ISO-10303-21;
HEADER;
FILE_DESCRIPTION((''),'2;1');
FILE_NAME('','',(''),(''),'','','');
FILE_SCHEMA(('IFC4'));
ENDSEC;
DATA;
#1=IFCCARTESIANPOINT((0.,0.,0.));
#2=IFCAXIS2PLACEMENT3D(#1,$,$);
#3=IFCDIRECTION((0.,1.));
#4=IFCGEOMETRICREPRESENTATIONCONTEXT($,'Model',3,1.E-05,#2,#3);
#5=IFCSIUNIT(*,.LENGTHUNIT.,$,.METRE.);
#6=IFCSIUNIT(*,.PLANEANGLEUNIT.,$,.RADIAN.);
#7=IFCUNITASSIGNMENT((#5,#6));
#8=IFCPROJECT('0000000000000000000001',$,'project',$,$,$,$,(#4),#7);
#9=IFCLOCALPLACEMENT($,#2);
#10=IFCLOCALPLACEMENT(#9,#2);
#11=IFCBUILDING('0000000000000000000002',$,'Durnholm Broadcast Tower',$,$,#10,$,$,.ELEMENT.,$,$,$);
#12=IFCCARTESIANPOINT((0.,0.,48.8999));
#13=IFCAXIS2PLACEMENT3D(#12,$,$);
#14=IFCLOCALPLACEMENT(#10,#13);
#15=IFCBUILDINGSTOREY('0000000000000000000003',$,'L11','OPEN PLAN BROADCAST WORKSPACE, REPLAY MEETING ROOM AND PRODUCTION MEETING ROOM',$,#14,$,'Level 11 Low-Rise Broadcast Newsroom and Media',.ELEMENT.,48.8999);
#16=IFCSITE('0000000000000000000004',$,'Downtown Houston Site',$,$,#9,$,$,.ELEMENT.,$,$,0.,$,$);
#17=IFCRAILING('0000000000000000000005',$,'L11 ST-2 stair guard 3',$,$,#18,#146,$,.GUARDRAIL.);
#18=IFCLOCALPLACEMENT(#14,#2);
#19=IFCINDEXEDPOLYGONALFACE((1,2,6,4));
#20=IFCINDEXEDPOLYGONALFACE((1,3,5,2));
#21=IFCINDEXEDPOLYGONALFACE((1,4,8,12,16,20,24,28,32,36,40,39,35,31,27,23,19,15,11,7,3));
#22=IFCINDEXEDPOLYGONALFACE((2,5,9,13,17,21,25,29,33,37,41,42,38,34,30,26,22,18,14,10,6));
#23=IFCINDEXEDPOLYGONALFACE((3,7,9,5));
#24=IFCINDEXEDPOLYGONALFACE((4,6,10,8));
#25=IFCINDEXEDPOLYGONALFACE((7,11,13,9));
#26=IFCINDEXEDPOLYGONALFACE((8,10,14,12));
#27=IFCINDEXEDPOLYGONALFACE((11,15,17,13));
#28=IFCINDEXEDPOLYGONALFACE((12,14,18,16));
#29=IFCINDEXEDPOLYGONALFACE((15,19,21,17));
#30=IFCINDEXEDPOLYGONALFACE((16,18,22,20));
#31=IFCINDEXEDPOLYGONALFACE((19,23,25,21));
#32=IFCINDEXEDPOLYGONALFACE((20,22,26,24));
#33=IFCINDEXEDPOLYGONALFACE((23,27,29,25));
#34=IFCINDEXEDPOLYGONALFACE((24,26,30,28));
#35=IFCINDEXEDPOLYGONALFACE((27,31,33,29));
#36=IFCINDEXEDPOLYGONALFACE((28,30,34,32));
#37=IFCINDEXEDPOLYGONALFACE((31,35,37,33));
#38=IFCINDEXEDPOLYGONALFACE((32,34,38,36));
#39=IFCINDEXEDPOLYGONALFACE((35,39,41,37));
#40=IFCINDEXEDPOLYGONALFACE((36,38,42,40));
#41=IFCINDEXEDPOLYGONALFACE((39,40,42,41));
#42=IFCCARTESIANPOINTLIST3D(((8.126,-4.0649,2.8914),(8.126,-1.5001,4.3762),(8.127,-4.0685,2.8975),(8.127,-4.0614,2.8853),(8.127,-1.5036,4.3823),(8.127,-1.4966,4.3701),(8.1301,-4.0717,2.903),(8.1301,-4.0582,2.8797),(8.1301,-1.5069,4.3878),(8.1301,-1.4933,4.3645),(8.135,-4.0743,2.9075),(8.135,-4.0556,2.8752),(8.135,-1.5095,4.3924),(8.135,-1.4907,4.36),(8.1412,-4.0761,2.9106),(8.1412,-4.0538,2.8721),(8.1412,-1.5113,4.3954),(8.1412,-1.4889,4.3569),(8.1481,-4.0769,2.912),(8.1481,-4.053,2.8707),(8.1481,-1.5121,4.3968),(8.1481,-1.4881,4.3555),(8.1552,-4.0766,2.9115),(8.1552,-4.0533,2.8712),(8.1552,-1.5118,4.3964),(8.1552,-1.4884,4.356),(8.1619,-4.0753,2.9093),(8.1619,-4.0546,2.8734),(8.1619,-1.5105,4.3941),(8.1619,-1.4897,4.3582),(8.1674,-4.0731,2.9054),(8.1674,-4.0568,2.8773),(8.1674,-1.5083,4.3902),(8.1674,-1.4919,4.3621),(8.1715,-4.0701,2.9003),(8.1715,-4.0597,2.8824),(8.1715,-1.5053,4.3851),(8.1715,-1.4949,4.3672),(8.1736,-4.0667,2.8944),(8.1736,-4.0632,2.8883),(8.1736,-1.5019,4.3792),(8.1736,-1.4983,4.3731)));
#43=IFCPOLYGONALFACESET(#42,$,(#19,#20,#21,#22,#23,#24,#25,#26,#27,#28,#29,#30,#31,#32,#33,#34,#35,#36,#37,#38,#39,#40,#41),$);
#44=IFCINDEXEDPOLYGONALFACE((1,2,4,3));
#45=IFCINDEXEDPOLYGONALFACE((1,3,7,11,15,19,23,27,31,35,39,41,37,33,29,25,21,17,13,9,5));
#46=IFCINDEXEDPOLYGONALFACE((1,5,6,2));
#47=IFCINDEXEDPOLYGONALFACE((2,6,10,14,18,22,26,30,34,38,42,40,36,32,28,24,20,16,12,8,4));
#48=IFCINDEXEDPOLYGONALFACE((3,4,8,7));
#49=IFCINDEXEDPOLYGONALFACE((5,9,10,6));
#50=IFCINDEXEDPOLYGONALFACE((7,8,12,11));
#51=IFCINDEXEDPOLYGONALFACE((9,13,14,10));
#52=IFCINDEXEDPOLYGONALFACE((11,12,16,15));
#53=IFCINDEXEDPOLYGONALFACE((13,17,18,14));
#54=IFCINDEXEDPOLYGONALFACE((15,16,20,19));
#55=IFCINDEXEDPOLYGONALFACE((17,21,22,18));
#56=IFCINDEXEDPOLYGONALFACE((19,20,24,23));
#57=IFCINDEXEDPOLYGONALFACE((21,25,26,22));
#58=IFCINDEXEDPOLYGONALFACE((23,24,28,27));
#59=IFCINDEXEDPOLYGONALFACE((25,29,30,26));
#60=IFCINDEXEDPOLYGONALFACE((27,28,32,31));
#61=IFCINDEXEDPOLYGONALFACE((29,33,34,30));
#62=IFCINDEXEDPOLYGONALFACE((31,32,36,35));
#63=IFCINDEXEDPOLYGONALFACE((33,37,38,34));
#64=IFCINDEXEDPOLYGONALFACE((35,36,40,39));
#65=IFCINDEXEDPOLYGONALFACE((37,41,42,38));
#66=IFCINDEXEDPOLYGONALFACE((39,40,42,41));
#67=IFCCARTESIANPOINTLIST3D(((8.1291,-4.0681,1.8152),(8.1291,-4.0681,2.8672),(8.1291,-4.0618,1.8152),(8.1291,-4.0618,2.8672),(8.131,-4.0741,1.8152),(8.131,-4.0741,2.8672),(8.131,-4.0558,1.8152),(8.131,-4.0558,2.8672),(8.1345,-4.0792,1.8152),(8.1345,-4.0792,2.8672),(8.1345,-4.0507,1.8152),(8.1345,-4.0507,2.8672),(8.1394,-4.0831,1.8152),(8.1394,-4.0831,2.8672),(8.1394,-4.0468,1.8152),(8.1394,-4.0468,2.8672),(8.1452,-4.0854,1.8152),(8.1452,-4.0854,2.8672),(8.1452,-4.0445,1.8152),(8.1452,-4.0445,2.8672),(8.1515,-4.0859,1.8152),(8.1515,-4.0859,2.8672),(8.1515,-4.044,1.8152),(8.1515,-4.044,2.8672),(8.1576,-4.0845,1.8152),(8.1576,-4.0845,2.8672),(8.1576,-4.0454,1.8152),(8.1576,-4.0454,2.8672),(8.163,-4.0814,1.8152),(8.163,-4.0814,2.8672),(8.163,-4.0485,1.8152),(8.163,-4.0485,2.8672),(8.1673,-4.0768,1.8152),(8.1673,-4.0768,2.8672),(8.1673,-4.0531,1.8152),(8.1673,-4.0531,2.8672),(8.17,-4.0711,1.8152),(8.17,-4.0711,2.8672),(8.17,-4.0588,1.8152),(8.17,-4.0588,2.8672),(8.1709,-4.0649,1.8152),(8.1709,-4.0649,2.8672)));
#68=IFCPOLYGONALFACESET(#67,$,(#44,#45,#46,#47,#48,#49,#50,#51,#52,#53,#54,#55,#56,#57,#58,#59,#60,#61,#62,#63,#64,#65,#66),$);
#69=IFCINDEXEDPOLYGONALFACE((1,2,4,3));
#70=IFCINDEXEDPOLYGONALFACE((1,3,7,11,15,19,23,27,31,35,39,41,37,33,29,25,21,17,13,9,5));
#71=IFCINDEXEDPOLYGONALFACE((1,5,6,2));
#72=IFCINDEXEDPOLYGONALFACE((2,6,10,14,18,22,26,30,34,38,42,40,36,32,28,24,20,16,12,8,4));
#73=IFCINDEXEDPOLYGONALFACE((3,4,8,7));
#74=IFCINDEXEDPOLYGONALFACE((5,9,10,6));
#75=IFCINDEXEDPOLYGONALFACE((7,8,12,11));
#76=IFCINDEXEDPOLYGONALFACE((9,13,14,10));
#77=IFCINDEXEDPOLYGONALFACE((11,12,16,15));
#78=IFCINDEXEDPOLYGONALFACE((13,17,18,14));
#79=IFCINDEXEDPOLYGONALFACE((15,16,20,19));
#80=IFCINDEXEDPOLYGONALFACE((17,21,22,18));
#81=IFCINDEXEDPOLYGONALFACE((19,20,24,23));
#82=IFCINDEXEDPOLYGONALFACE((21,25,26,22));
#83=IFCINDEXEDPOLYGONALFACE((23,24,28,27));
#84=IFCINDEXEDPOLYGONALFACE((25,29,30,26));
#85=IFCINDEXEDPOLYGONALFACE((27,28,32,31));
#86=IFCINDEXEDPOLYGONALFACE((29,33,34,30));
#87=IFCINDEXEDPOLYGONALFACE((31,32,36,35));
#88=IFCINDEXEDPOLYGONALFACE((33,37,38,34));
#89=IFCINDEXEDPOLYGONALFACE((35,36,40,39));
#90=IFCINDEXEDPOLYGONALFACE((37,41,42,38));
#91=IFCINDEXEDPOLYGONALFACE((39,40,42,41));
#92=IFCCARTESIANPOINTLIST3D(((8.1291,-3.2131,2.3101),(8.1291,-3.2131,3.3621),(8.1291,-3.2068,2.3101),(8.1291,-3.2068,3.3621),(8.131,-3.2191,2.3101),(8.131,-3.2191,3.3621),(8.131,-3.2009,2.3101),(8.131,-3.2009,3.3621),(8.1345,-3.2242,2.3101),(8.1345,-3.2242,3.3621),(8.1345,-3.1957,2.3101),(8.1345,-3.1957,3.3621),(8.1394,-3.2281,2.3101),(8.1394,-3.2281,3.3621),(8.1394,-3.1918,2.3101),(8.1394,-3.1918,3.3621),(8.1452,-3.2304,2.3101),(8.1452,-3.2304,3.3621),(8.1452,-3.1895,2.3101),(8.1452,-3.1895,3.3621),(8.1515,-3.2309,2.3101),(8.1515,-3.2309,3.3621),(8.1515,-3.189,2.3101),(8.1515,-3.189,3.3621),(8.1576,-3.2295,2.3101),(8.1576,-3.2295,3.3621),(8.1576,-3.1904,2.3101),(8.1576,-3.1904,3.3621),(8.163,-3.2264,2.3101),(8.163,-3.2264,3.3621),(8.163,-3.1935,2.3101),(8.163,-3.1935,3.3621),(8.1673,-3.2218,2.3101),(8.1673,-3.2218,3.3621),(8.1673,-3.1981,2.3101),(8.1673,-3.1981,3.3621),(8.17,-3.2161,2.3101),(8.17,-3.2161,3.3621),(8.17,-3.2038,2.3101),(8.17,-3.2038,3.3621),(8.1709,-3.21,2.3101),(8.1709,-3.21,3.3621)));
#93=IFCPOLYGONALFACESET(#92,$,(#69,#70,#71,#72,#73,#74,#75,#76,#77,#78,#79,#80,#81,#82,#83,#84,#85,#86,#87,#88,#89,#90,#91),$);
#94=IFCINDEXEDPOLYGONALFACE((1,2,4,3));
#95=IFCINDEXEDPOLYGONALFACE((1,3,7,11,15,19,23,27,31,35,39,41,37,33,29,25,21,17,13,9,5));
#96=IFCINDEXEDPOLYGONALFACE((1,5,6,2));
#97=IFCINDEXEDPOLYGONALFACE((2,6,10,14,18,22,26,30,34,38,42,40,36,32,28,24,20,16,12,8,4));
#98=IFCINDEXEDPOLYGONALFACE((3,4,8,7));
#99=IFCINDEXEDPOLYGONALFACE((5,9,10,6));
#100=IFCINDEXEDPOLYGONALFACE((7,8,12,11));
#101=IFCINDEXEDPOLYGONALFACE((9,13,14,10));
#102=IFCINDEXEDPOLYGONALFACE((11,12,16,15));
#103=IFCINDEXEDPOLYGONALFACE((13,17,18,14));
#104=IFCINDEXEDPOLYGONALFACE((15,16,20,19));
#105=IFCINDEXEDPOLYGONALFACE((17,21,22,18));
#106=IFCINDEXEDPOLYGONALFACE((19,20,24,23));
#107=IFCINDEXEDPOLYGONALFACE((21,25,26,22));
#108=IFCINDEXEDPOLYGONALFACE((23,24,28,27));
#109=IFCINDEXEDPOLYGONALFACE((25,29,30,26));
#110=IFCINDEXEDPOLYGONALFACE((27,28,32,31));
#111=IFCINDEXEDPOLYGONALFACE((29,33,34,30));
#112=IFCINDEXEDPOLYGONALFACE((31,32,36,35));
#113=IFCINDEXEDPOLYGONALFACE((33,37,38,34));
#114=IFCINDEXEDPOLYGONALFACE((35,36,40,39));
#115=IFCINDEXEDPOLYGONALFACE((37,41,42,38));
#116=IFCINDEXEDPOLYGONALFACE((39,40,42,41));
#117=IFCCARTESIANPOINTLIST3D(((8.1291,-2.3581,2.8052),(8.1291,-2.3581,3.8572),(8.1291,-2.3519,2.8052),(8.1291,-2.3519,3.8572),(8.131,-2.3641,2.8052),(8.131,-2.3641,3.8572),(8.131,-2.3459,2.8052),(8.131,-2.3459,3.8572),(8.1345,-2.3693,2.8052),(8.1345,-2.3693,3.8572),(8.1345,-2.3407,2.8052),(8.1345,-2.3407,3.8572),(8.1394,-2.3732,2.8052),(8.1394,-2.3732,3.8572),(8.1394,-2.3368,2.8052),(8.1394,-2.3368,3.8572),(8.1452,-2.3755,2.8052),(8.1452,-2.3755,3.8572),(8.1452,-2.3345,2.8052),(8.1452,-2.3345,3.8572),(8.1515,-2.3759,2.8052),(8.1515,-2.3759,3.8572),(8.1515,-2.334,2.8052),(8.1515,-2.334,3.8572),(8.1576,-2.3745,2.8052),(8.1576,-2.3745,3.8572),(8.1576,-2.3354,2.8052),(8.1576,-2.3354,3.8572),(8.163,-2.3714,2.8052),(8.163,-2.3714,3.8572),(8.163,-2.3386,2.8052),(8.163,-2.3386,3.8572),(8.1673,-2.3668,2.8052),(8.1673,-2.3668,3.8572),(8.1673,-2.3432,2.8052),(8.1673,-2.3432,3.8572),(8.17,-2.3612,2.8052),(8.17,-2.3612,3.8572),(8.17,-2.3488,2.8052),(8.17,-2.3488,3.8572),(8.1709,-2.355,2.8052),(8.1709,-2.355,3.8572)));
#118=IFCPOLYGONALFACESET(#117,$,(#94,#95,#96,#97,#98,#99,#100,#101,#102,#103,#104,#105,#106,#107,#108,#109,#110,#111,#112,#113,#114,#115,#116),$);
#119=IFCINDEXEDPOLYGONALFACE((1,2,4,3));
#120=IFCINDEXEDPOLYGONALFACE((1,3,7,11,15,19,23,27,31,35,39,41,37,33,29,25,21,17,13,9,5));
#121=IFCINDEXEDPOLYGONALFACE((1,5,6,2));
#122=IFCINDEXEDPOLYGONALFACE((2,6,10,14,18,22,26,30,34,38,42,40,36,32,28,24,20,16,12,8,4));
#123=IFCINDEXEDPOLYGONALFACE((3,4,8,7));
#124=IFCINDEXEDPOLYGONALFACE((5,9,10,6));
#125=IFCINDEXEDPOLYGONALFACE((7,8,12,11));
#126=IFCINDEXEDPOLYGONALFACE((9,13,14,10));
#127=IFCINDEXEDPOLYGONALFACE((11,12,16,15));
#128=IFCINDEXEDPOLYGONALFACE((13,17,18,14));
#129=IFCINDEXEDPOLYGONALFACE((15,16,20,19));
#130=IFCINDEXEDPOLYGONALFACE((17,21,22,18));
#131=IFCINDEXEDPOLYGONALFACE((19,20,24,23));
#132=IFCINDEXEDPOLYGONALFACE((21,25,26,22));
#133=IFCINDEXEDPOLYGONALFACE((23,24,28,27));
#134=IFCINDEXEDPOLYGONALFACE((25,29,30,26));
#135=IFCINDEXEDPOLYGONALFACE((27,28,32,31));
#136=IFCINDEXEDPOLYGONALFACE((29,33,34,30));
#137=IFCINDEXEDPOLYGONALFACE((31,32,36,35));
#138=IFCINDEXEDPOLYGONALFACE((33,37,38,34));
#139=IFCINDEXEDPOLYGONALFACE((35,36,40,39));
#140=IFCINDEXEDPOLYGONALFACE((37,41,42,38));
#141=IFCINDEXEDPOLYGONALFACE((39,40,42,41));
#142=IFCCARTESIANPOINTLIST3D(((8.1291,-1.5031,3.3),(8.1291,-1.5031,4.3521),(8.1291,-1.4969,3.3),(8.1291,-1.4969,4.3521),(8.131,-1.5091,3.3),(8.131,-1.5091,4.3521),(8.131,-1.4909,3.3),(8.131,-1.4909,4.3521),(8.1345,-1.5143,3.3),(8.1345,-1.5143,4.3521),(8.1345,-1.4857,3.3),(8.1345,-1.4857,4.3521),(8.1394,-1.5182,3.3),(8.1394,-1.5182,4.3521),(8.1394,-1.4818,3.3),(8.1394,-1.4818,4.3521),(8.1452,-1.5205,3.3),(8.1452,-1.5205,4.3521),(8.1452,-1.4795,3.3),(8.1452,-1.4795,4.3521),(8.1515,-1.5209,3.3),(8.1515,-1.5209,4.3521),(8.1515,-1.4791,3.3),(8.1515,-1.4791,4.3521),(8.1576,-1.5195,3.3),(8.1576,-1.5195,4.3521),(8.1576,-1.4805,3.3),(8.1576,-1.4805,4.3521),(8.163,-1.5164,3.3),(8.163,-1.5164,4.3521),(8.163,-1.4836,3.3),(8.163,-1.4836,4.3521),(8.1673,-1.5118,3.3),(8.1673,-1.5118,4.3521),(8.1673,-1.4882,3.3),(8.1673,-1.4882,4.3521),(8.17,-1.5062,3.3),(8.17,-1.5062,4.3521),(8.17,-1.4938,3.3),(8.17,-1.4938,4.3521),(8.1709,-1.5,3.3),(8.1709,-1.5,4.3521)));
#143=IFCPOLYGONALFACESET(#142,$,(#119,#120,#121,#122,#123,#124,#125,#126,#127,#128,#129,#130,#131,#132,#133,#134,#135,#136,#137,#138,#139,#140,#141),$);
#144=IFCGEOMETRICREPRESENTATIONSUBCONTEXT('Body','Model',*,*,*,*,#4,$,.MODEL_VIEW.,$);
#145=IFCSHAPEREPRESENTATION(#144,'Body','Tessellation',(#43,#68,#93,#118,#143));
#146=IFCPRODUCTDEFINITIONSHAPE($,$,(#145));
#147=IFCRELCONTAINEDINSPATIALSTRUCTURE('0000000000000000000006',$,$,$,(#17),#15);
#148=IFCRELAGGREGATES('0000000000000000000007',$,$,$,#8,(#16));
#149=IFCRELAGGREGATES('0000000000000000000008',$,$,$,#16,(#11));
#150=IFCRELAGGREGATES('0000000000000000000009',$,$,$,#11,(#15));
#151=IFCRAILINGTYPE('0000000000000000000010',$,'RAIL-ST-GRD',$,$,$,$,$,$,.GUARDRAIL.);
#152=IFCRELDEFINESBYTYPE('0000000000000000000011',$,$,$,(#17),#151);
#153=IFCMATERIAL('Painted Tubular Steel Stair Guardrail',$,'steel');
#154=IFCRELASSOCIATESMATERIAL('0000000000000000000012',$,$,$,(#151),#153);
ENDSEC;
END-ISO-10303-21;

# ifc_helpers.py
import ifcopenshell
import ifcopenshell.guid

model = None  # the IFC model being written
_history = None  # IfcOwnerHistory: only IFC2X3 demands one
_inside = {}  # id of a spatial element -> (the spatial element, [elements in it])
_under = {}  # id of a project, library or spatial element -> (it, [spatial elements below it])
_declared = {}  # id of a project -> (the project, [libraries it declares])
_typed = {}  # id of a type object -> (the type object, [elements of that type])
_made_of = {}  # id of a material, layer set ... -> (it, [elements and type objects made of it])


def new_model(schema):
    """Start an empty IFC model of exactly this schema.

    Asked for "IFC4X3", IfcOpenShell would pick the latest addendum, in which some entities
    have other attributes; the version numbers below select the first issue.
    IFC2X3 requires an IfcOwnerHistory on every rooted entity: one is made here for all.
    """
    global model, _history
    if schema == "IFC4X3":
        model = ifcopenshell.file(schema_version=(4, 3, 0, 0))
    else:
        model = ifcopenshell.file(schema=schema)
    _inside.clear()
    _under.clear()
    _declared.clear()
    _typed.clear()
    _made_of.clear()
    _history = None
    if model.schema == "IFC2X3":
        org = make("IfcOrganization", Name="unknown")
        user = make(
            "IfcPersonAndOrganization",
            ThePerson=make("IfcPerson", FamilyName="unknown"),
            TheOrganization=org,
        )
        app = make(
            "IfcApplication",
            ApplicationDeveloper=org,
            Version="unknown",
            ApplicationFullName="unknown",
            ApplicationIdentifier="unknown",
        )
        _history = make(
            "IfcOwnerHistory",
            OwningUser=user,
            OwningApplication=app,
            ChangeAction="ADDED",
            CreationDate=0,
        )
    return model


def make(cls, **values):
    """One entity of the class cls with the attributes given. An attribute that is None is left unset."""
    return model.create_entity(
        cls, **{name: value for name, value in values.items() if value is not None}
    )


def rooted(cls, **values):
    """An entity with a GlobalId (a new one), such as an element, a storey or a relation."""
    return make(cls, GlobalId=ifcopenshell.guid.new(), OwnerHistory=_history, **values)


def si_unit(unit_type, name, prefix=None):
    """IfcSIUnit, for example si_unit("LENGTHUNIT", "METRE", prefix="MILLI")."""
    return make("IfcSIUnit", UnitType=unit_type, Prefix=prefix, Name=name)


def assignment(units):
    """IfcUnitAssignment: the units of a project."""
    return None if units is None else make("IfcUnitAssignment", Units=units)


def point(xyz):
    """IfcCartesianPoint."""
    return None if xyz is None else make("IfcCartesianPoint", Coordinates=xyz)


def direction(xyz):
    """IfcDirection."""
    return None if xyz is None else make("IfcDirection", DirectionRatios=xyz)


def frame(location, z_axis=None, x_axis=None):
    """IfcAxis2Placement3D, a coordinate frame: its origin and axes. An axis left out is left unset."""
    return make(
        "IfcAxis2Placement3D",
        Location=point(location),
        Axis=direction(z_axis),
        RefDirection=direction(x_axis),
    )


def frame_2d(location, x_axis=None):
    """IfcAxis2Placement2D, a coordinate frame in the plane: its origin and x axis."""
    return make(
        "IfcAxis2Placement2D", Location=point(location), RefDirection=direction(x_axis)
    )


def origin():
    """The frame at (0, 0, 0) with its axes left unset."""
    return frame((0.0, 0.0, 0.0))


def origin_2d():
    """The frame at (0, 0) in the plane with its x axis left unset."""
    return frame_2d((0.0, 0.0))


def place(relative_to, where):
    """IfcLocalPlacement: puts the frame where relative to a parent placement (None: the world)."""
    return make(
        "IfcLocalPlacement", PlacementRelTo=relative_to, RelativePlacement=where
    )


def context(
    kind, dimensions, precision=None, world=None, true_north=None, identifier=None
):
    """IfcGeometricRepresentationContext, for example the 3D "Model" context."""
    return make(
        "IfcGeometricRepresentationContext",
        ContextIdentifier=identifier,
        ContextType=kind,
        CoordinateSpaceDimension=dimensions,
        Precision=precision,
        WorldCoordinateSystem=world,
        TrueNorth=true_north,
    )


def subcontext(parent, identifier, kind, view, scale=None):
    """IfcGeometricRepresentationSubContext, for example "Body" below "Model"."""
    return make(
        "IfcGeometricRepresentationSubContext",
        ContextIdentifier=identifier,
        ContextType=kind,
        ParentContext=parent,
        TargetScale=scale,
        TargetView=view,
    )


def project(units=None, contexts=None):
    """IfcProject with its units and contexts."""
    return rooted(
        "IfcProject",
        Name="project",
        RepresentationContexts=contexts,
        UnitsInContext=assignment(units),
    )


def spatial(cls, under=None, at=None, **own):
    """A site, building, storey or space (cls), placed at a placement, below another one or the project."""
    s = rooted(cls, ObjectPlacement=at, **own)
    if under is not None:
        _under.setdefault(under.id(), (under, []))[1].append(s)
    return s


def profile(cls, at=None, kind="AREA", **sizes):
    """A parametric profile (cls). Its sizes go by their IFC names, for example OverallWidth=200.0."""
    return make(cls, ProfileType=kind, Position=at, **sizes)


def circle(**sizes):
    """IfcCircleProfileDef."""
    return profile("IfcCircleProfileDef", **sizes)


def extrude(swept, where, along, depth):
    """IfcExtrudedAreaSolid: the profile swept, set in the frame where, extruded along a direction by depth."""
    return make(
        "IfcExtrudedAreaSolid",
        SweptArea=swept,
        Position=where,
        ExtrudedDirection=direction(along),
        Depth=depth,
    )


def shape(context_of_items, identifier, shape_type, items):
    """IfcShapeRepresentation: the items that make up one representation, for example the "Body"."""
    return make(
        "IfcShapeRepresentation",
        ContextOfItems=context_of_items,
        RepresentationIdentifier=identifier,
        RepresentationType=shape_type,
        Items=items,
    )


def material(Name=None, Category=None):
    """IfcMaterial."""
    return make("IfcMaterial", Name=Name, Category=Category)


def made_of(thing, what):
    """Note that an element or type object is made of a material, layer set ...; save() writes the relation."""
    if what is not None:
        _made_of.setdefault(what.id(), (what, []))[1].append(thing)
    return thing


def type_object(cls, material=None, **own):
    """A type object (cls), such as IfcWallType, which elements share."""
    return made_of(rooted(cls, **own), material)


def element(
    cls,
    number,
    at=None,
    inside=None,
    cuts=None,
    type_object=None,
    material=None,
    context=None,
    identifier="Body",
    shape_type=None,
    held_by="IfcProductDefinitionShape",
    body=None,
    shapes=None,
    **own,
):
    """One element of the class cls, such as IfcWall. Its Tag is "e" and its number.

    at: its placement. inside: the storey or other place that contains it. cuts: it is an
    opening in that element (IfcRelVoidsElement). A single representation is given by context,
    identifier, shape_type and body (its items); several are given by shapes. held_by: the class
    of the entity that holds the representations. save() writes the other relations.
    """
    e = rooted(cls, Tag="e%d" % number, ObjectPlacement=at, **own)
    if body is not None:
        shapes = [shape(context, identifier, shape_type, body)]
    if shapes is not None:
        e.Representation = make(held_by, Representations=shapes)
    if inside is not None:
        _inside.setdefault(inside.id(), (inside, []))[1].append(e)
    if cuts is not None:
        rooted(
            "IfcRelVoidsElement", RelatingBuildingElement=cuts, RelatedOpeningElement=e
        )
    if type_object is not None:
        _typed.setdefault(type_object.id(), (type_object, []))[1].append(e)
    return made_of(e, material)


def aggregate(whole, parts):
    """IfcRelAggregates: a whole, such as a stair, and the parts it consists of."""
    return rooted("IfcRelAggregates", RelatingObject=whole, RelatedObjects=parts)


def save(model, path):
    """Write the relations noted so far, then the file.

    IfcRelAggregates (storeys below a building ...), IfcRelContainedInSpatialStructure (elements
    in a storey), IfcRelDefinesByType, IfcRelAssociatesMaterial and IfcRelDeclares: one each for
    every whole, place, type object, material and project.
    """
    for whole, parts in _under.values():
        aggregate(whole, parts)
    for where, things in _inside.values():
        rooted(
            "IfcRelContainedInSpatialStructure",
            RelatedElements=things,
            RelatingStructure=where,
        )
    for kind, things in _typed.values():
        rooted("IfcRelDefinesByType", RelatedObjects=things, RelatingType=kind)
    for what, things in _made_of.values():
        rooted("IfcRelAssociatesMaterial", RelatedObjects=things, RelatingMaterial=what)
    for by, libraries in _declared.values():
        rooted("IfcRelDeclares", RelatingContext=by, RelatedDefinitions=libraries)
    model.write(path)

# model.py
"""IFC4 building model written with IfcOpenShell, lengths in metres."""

from ifc_helpers import new_model, si_unit, direction, frame, origin, origin_2d, place, context, subcontext, project, spatial, circle, extrude, material, type_object, element, save


model = new_model("IFC4")

# Units and contexts
model_context = context("Model", 3, precision=1e-05, world=origin(), true_north=direction((0.0, 1.0)))
body_context = subcontext(model_context, "Body", "Model", "MODEL_VIEW")
ifc_project = project(units=[si_unit("LENGTHUNIT", "METRE"), si_unit("PLANEANGLEUNIT", "RADIAN")], contexts=[model_context])

# Site, building, storey
site_placement = place(None, origin())
site = spatial("IfcSite", under=ifc_project, at=site_placement, Name="Downtown Houston Site", CompositionType="ELEMENT", RefElevation=0.0)
building_placement = place(site_placement, origin())
building = spatial("IfcBuilding", under=site, at=building_placement, Name="Durnholm Broadcast Tower", CompositionType="ELEMENT")
storey_placement = place(building_placement, frame((0.0, 0.0, 48.8999)))
storey = spatial("IfcBuildingStorey", under=building, at=storey_placement, Name="L11", Description="OPEN PLAN BROADCAST WORKSPACE, REPLAY MEETING ROOM AND PRODUCTION MEETING ROOM", LongName="Level 11 Low-Rise Broadcast Newsroom and Media", CompositionType="ELEMENT", Elevation=48.8999)

# Railing
ifc_material_1 = material(Name="Painted Tubular Steel Stair Guardrail", Category="steel")
railing_type_1 = type_object("IfcRailingType", Name="RAIL-ST-GRD", PredefinedType="GUARDRAIL", material=ifc_material_1)
railing_1_placement = place(storey_placement, frame((8.1499, -4.0649, 1.8152)))
element("IfcRailing", 1, at=railing_1_placement, inside=storey, type_object=railing_type_1, Name="L11 ST-2 stair guard 3", PredefinedType="GUARDRAIL", context=body_context, shape_type="SweptSolid", body=[
    extrude(circle(Radius=0.0239, at=origin_2d()), frame((0.0, 0.0, 1.0762), z_axis=(0.0, 0.865441, 0.50101), x_axis=(-1.0, 0.0, 0.0)), (0.0, 0.0, 1.0), 2.9636),
    extrude(circle(Radius=0.021, at=origin_2d()), origin(), (0.0, 0.0, 1.0), 1.052),
    extrude(circle(Radius=0.021, at=origin_2d()), frame((0.0, 0.855, 0.4949)), (0.0, 0.0, 1.0), 1.052),
    extrude(circle(Radius=0.021, at=origin_2d()), frame((0.0, 1.71, 0.99)), (0.0, 0.0, 1.0), 1.052),
    extrude(circle(Radius=0.021, at=origin_2d()), frame((0.0, 2.5649, 1.4849)), (0.0, 0.0, 1.0), 1.052),
])

save(model, "model.ifc")
